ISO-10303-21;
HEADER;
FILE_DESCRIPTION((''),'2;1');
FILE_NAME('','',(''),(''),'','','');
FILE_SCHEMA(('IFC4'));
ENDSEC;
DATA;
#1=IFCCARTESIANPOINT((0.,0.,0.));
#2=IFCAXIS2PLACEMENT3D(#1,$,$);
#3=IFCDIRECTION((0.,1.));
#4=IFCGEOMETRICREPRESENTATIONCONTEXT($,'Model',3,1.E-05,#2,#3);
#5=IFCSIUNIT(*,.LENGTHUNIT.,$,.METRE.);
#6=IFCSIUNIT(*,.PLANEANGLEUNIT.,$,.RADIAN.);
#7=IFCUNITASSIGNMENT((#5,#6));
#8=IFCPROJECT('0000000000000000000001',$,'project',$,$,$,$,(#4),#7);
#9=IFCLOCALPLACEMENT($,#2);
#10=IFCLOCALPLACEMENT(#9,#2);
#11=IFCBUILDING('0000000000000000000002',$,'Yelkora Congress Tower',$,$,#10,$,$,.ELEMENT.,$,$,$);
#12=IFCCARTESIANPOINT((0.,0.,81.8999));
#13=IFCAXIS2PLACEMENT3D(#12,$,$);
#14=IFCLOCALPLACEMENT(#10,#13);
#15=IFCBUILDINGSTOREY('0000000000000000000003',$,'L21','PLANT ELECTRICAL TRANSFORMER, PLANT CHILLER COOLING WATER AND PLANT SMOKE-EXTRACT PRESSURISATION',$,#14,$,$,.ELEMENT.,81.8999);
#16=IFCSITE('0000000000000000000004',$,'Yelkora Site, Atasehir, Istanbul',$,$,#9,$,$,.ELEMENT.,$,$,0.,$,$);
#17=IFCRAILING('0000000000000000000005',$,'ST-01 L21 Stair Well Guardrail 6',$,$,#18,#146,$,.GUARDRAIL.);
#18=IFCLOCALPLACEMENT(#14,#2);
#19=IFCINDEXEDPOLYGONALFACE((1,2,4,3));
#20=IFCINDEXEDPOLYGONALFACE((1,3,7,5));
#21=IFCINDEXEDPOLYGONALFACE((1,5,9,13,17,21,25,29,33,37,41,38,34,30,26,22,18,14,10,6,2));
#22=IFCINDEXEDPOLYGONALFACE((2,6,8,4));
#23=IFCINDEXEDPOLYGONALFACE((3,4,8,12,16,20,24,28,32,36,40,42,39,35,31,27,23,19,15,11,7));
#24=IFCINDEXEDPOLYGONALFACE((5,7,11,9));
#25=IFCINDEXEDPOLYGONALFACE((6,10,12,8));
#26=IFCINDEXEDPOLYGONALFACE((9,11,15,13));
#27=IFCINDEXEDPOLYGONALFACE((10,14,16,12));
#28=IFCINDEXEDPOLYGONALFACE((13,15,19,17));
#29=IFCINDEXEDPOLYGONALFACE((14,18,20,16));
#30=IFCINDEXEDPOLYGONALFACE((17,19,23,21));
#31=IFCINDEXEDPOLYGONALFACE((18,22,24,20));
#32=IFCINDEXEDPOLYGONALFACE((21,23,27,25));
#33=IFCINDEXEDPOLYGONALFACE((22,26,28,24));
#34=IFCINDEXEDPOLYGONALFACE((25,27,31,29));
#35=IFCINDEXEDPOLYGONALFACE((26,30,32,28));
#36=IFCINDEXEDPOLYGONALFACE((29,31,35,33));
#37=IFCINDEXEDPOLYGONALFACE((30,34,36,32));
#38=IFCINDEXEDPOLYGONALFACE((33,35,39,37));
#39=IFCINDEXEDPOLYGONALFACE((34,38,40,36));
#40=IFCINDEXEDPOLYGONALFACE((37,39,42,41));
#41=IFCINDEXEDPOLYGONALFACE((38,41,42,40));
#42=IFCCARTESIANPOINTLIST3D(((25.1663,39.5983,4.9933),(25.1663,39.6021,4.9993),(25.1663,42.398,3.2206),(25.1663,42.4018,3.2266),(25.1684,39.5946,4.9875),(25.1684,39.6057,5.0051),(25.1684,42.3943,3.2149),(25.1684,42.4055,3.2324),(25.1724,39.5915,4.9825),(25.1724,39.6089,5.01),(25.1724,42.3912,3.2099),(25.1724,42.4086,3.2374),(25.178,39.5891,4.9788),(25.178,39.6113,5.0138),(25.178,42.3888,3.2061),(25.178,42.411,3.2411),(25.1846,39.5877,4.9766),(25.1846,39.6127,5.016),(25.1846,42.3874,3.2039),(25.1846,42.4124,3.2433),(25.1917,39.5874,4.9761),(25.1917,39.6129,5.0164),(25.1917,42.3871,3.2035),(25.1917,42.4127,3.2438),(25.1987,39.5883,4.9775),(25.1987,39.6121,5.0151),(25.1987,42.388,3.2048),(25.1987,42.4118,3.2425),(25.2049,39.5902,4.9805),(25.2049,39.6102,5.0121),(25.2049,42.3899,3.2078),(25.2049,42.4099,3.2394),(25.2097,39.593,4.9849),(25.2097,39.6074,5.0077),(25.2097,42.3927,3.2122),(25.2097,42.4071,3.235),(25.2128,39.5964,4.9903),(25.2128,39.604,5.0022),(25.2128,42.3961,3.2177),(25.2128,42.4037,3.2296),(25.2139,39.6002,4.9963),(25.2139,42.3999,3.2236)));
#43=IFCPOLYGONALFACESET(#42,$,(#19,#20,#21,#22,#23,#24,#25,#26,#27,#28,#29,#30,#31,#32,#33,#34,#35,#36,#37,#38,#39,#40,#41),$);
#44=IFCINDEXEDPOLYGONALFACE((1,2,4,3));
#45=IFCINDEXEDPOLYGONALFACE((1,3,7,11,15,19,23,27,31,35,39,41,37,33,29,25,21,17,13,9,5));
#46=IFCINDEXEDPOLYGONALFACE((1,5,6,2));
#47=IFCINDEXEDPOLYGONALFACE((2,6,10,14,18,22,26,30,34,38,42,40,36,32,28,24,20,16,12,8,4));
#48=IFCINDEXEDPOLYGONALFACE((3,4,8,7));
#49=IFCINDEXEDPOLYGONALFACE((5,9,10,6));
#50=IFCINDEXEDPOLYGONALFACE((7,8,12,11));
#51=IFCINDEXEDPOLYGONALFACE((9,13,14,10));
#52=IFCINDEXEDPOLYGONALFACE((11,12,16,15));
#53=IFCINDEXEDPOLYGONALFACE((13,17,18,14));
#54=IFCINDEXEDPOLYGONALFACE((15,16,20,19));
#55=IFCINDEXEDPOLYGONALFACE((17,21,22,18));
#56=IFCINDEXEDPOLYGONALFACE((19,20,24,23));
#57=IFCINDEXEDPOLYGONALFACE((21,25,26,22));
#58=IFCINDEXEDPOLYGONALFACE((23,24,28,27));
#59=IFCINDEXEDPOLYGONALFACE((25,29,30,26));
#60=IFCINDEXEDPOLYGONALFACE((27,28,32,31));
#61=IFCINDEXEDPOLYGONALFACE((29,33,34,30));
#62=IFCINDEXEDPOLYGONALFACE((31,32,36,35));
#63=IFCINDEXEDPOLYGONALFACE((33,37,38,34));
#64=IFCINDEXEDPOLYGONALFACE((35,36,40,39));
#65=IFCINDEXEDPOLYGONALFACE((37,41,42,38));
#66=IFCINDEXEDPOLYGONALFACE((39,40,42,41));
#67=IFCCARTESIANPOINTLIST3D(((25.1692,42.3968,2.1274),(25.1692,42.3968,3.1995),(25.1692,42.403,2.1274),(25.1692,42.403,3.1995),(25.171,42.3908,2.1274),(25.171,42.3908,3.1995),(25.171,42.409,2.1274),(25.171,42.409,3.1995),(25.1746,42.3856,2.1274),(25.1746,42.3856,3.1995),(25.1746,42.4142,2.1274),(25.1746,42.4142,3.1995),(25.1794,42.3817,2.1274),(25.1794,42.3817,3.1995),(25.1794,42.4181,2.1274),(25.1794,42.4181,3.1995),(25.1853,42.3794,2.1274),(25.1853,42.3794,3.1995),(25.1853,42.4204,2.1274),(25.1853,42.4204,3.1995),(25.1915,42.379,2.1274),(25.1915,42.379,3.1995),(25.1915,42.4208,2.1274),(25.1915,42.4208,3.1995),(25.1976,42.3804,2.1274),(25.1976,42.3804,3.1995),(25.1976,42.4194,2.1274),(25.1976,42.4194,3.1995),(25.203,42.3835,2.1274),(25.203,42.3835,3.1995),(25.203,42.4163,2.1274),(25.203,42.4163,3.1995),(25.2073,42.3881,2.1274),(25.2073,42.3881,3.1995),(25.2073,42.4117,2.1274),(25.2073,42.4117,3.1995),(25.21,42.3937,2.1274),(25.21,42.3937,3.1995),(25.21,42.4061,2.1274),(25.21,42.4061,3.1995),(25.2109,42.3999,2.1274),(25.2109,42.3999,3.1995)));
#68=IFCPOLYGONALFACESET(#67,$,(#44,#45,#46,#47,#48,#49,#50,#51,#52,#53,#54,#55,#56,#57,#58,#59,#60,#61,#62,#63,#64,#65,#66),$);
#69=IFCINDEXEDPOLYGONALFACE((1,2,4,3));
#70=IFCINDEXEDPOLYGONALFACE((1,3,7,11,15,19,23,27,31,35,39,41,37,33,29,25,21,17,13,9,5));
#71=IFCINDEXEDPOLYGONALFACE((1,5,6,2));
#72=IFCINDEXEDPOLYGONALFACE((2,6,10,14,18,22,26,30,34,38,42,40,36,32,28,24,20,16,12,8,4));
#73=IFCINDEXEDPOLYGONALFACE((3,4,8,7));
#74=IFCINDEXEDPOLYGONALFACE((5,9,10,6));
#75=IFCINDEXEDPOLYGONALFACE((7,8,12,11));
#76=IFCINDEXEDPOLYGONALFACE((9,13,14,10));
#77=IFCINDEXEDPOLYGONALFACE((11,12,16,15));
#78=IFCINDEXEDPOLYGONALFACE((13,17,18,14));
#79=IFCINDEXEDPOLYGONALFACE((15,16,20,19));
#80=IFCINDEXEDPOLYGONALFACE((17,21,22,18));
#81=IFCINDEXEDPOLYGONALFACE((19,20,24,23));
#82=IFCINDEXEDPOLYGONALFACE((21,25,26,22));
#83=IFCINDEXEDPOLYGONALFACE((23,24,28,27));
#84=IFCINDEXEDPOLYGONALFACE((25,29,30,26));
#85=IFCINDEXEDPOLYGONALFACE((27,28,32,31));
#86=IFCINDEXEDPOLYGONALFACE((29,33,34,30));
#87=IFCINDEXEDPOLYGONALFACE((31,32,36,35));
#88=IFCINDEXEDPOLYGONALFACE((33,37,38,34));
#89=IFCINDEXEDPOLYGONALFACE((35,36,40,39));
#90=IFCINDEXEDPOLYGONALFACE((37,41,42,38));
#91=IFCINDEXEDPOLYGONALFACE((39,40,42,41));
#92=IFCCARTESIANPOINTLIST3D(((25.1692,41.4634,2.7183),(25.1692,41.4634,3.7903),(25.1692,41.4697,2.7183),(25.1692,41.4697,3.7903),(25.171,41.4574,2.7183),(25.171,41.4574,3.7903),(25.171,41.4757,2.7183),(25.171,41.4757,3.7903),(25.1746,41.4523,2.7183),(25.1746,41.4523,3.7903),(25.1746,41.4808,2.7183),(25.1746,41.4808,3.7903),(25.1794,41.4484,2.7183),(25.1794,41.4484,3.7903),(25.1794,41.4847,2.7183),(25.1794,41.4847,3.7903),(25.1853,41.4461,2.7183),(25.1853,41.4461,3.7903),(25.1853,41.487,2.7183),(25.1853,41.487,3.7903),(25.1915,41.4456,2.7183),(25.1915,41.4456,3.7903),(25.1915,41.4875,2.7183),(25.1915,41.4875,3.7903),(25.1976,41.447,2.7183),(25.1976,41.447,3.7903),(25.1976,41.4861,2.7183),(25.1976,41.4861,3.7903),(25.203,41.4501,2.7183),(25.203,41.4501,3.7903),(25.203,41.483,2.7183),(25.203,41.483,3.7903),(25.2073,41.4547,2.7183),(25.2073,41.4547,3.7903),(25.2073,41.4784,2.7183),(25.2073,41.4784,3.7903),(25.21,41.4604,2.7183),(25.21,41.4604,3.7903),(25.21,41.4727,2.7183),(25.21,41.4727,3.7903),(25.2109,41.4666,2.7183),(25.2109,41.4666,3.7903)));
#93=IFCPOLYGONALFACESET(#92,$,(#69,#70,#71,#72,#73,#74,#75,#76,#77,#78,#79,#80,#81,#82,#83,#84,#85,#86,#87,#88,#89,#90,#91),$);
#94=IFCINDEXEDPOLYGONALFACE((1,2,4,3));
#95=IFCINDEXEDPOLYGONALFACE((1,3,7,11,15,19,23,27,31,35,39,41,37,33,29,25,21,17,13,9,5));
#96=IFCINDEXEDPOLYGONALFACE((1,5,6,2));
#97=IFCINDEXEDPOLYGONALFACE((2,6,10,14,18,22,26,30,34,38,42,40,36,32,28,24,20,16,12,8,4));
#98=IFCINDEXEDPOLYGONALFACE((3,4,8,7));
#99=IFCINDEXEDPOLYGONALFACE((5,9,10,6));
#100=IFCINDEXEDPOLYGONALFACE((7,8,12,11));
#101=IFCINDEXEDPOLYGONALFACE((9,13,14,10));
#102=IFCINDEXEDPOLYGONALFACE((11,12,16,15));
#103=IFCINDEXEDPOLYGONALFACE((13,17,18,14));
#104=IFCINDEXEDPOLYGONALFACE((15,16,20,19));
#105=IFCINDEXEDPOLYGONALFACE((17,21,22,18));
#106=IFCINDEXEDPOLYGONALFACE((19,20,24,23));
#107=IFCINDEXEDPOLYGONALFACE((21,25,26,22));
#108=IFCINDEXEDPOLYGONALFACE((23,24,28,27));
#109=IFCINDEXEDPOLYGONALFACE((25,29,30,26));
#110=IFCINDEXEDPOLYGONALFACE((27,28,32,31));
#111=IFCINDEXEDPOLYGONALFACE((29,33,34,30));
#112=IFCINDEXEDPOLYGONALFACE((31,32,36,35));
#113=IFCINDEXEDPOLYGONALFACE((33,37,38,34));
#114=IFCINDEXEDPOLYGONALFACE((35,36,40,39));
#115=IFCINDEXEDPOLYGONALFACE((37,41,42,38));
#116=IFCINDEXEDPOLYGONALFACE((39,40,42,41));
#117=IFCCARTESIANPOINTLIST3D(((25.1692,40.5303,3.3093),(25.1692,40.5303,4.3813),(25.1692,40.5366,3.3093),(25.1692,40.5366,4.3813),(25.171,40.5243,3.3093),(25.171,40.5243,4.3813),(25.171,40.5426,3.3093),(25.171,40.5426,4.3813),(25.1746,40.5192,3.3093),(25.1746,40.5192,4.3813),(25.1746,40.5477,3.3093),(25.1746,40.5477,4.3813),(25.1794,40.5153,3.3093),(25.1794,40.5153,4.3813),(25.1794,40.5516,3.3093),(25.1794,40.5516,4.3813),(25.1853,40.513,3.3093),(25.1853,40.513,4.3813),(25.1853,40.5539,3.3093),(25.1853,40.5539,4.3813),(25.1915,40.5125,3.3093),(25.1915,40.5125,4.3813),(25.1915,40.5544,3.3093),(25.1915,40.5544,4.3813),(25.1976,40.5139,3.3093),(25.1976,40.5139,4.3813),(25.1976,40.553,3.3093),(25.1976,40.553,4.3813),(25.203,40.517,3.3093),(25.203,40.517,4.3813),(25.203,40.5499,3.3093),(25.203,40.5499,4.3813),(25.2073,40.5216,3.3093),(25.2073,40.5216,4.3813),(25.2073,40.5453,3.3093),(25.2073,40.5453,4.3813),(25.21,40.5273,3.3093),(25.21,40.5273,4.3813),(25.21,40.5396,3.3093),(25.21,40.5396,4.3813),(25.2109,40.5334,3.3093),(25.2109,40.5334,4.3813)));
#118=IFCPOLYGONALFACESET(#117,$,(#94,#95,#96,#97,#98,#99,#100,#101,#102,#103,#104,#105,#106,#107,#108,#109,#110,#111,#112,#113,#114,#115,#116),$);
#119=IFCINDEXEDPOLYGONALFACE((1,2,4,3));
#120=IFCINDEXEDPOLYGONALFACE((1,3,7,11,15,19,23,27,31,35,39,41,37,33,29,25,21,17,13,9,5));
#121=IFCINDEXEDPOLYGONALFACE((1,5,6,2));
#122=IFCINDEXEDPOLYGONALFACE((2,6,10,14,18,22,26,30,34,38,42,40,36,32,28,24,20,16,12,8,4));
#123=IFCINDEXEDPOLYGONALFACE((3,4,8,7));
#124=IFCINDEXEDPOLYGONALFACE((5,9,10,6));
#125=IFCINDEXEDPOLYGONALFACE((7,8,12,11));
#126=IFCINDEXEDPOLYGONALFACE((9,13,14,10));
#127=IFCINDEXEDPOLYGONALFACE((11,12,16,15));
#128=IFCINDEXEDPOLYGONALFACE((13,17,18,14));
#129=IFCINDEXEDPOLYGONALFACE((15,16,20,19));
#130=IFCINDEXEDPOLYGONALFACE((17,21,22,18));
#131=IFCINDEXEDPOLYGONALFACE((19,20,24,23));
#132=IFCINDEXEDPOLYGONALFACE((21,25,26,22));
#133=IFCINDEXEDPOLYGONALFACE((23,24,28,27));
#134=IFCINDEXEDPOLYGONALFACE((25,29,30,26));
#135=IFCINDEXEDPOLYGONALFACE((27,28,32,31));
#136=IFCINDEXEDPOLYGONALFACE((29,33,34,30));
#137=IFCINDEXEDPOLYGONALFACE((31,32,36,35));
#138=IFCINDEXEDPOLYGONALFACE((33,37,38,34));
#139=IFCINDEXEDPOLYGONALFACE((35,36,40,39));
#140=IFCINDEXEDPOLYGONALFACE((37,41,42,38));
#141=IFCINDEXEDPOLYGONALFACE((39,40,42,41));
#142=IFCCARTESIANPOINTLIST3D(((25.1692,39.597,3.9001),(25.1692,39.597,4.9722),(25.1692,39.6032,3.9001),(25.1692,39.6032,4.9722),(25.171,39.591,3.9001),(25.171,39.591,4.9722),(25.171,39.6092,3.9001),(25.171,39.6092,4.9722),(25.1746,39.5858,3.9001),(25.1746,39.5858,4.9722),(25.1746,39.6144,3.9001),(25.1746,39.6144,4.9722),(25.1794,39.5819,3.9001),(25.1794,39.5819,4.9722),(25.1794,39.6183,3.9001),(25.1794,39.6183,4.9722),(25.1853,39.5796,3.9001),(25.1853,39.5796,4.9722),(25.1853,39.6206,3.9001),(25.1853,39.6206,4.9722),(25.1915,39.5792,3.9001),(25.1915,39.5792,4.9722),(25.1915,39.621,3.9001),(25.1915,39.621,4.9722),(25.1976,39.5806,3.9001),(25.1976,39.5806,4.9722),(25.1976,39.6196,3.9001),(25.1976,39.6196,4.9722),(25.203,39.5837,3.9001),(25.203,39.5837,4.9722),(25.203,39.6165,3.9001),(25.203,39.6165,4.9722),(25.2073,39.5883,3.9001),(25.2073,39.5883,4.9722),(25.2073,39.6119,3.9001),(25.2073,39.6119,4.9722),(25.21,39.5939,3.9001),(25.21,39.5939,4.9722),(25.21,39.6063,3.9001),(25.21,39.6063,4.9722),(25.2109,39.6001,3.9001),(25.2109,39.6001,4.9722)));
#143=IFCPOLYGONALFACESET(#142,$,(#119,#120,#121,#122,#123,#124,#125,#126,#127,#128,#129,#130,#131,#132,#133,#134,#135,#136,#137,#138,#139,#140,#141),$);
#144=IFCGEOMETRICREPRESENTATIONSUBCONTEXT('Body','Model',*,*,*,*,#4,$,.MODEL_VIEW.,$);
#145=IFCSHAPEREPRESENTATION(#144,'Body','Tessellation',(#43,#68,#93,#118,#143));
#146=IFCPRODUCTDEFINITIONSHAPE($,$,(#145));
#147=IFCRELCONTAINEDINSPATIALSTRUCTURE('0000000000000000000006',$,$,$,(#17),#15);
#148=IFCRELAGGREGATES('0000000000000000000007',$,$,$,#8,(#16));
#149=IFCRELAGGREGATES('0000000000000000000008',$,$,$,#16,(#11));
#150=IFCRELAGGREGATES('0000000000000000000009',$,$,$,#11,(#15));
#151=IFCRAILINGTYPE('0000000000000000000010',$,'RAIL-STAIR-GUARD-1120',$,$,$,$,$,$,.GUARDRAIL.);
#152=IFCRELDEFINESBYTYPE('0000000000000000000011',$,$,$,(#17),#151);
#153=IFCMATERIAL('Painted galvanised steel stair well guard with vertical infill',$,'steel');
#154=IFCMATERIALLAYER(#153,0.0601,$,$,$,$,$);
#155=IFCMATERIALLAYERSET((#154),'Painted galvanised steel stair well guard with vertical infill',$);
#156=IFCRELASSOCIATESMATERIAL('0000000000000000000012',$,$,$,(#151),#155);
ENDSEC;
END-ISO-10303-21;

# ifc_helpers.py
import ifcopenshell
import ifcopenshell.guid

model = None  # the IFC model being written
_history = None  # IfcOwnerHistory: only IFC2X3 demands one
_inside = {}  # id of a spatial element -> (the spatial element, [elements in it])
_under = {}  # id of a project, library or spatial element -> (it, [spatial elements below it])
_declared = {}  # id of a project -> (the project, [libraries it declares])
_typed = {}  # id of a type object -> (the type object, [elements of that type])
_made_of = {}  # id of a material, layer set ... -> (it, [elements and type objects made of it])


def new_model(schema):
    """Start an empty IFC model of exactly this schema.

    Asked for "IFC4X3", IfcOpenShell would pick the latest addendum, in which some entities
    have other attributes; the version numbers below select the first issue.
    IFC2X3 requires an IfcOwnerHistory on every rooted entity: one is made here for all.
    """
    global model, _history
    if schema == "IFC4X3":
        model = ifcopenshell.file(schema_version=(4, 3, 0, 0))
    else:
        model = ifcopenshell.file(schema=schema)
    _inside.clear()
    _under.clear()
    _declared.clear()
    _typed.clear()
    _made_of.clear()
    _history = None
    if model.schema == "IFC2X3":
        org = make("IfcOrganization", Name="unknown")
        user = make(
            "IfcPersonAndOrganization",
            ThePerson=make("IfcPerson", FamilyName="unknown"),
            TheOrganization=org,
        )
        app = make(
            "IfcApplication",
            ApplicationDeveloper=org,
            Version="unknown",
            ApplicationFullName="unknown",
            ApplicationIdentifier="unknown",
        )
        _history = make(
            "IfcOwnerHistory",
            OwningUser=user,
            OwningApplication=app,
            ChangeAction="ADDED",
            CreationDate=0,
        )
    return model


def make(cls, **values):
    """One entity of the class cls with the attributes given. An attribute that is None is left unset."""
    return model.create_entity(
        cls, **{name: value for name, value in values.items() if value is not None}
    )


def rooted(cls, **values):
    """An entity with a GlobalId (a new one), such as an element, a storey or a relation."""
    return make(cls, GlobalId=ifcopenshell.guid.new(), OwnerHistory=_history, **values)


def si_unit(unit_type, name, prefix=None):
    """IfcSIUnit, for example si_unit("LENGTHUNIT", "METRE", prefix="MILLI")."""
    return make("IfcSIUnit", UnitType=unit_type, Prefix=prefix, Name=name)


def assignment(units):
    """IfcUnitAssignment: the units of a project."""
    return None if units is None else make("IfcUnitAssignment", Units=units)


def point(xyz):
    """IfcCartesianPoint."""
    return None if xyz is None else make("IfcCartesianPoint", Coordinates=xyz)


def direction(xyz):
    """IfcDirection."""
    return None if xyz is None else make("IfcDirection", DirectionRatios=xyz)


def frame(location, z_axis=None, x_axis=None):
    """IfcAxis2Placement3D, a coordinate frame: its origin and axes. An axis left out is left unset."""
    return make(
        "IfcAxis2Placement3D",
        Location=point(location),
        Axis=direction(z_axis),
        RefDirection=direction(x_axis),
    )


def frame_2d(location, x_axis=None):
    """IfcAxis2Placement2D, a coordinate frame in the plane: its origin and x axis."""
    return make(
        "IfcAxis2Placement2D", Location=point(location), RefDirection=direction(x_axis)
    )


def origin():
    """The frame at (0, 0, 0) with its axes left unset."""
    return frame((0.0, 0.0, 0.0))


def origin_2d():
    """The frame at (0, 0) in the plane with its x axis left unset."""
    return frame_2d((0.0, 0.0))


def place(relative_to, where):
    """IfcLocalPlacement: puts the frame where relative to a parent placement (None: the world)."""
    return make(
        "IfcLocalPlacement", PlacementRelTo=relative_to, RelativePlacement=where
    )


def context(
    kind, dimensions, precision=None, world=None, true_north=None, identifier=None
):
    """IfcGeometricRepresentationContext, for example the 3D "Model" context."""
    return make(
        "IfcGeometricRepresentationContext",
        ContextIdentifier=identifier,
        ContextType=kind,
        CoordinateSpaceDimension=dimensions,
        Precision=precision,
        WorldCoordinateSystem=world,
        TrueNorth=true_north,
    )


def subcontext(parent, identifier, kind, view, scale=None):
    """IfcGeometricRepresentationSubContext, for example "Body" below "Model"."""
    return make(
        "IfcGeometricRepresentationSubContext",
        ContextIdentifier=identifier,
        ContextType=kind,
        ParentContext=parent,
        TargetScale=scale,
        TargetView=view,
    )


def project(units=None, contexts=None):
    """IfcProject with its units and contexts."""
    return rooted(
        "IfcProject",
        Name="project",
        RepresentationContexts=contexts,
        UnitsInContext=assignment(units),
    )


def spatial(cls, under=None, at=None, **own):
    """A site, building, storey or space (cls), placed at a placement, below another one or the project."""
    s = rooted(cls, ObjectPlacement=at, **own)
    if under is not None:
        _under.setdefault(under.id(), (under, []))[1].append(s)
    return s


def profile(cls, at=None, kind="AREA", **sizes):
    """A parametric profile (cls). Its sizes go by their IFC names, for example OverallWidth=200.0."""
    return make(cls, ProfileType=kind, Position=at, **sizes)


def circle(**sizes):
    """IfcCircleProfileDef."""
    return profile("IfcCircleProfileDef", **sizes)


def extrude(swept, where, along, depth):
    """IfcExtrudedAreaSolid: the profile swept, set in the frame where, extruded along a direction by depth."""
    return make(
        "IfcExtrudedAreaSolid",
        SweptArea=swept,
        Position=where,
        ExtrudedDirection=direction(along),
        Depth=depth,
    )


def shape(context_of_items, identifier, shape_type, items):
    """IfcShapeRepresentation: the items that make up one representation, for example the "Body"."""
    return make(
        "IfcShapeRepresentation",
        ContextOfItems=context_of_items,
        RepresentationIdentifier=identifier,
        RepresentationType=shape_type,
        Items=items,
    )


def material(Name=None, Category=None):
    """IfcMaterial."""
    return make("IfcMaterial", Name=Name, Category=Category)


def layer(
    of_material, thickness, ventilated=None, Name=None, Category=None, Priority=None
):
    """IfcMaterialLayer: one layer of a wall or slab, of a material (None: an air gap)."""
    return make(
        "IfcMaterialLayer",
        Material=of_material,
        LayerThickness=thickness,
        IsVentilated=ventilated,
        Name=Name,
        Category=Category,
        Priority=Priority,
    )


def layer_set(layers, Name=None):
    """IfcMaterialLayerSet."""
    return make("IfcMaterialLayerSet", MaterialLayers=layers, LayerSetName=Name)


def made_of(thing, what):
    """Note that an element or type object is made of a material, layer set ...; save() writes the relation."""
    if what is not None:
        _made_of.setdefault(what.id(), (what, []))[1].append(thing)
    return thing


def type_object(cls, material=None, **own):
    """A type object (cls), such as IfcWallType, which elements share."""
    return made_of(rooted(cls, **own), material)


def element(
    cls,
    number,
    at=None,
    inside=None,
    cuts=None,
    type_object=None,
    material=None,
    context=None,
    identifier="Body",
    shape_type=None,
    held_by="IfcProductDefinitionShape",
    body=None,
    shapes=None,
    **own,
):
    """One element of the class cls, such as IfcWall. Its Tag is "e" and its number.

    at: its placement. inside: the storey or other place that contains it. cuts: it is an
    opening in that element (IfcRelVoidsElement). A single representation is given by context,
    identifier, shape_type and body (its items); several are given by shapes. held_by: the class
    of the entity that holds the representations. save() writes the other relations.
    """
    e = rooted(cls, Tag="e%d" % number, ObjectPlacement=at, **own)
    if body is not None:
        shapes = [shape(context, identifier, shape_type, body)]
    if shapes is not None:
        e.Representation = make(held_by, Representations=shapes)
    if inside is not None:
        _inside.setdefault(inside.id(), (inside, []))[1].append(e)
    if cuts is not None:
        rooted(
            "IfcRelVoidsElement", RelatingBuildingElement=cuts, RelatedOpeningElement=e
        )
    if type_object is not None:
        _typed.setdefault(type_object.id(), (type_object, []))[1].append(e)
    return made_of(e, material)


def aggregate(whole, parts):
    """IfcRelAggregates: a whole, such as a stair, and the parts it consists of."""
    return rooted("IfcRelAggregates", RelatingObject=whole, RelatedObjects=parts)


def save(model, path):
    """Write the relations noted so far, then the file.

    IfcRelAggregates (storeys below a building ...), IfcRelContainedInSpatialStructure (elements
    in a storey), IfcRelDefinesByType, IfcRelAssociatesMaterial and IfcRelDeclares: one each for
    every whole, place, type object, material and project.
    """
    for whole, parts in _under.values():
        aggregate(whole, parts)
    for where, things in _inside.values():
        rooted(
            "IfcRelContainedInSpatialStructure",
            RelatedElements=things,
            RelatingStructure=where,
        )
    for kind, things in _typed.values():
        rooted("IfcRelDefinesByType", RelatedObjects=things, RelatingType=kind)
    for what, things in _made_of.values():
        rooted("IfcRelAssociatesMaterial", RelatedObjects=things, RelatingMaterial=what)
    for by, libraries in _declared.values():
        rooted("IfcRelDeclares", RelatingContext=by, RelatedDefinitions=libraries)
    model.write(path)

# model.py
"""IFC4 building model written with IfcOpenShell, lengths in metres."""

from ifc_helpers import new_model, si_unit, direction, frame, origin, origin_2d, place, context, subcontext, project, spatial, circle, extrude, material, layer, layer_set, type_object, element, save


model = new_model("IFC4")

# Units and contexts
model_context = context("Model", 3, precision=1e-05, world=origin(), true_north=direction((0.0, 1.0)))
body_context = subcontext(model_context, "Body", "Model", "MODEL_VIEW")
ifc_project = project(units=[si_unit("LENGTHUNIT", "METRE"), si_unit("PLANEANGLEUNIT", "RADIAN")], contexts=[model_context])

# Site, building, storey
site_placement = place(None, origin())
site = spatial("IfcSite", under=ifc_project, at=site_placement, Name="Yelkora Site, Atasehir, Istanbul", CompositionType="ELEMENT", RefElevation=0.0)
building_placement = place(site_placement, origin())
building = spatial("IfcBuilding", under=site, at=building_placement, Name="Yelkora Congress Tower", CompositionType="ELEMENT")
storey_placement = place(building_placement, frame((0.0, 0.0, 81.8999)))
storey = spatial("IfcBuildingStorey", under=building, at=storey_placement, Name="L21", Description="PLANT ELECTRICAL TRANSFORMER, PLANT CHILLER COOLING WATER AND PLANT SMOKE-EXTRACT PRESSURISATION", CompositionType="ELEMENT", Elevation=81.8999)

# Railing
ifc_material_1 = material(Name="Painted galvanised steel stair well guard with vertical infill", Category="steel")
ifc_layer_1 = layer(ifc_material_1, 0.0601)
ifc_layer_set_1 = layer_set([ifc_layer_1], Name="Painted galvanised steel stair well guard with vertical infill")
railing_type_1 = type_object("IfcRailingType", Name="RAIL-STAIR-GUARD-1120", PredefinedType="GUARDRAIL", material=ifc_layer_set_1)
railing_1_placement = place(storey_placement, frame((25.1899, 42.3999, 2.1274)))
element("IfcRailing", 1, at=railing_1_placement, inside=storey, type_object=railing_type_1, Name="ST-01 L21 Stair Well Guardrail 6", PredefinedType="GUARDRAIL", context=body_context, shape_type="SweptSolid", body=[
    extrude(circle(Radius=0.0239, at=origin_2d()), frame((0.0, 0.0, 1.0962), z_axis=(0.0, -0.844888, 0.534943), x_axis=(1.0, 0.0, 0.0)), (0.0, 0.0, 1.0), 3.3137),
    extrude(circle(Radius=0.021, at=origin_2d()), origin(), (0.0, 0.0, 1.0), 1.072),
    extrude(circle(Radius=0.021, at=origin_2d()), frame((0.0, -0.9333, 0.5908)), (0.0, 0.0, 1.0), 1.072),
    extrude(circle(Radius=0.021, at=origin_2d()), frame((0.0, -1.8665, 1.1819)), (0.0, 0.0, 1.0), 1.072),
    extrude(circle(Radius=0.021, at=origin_2d()), frame((0.0, -2.7998, 1.7727)), (0.0, 0.0, 1.0), 1.072),
])

save(model, "model.ifc")
